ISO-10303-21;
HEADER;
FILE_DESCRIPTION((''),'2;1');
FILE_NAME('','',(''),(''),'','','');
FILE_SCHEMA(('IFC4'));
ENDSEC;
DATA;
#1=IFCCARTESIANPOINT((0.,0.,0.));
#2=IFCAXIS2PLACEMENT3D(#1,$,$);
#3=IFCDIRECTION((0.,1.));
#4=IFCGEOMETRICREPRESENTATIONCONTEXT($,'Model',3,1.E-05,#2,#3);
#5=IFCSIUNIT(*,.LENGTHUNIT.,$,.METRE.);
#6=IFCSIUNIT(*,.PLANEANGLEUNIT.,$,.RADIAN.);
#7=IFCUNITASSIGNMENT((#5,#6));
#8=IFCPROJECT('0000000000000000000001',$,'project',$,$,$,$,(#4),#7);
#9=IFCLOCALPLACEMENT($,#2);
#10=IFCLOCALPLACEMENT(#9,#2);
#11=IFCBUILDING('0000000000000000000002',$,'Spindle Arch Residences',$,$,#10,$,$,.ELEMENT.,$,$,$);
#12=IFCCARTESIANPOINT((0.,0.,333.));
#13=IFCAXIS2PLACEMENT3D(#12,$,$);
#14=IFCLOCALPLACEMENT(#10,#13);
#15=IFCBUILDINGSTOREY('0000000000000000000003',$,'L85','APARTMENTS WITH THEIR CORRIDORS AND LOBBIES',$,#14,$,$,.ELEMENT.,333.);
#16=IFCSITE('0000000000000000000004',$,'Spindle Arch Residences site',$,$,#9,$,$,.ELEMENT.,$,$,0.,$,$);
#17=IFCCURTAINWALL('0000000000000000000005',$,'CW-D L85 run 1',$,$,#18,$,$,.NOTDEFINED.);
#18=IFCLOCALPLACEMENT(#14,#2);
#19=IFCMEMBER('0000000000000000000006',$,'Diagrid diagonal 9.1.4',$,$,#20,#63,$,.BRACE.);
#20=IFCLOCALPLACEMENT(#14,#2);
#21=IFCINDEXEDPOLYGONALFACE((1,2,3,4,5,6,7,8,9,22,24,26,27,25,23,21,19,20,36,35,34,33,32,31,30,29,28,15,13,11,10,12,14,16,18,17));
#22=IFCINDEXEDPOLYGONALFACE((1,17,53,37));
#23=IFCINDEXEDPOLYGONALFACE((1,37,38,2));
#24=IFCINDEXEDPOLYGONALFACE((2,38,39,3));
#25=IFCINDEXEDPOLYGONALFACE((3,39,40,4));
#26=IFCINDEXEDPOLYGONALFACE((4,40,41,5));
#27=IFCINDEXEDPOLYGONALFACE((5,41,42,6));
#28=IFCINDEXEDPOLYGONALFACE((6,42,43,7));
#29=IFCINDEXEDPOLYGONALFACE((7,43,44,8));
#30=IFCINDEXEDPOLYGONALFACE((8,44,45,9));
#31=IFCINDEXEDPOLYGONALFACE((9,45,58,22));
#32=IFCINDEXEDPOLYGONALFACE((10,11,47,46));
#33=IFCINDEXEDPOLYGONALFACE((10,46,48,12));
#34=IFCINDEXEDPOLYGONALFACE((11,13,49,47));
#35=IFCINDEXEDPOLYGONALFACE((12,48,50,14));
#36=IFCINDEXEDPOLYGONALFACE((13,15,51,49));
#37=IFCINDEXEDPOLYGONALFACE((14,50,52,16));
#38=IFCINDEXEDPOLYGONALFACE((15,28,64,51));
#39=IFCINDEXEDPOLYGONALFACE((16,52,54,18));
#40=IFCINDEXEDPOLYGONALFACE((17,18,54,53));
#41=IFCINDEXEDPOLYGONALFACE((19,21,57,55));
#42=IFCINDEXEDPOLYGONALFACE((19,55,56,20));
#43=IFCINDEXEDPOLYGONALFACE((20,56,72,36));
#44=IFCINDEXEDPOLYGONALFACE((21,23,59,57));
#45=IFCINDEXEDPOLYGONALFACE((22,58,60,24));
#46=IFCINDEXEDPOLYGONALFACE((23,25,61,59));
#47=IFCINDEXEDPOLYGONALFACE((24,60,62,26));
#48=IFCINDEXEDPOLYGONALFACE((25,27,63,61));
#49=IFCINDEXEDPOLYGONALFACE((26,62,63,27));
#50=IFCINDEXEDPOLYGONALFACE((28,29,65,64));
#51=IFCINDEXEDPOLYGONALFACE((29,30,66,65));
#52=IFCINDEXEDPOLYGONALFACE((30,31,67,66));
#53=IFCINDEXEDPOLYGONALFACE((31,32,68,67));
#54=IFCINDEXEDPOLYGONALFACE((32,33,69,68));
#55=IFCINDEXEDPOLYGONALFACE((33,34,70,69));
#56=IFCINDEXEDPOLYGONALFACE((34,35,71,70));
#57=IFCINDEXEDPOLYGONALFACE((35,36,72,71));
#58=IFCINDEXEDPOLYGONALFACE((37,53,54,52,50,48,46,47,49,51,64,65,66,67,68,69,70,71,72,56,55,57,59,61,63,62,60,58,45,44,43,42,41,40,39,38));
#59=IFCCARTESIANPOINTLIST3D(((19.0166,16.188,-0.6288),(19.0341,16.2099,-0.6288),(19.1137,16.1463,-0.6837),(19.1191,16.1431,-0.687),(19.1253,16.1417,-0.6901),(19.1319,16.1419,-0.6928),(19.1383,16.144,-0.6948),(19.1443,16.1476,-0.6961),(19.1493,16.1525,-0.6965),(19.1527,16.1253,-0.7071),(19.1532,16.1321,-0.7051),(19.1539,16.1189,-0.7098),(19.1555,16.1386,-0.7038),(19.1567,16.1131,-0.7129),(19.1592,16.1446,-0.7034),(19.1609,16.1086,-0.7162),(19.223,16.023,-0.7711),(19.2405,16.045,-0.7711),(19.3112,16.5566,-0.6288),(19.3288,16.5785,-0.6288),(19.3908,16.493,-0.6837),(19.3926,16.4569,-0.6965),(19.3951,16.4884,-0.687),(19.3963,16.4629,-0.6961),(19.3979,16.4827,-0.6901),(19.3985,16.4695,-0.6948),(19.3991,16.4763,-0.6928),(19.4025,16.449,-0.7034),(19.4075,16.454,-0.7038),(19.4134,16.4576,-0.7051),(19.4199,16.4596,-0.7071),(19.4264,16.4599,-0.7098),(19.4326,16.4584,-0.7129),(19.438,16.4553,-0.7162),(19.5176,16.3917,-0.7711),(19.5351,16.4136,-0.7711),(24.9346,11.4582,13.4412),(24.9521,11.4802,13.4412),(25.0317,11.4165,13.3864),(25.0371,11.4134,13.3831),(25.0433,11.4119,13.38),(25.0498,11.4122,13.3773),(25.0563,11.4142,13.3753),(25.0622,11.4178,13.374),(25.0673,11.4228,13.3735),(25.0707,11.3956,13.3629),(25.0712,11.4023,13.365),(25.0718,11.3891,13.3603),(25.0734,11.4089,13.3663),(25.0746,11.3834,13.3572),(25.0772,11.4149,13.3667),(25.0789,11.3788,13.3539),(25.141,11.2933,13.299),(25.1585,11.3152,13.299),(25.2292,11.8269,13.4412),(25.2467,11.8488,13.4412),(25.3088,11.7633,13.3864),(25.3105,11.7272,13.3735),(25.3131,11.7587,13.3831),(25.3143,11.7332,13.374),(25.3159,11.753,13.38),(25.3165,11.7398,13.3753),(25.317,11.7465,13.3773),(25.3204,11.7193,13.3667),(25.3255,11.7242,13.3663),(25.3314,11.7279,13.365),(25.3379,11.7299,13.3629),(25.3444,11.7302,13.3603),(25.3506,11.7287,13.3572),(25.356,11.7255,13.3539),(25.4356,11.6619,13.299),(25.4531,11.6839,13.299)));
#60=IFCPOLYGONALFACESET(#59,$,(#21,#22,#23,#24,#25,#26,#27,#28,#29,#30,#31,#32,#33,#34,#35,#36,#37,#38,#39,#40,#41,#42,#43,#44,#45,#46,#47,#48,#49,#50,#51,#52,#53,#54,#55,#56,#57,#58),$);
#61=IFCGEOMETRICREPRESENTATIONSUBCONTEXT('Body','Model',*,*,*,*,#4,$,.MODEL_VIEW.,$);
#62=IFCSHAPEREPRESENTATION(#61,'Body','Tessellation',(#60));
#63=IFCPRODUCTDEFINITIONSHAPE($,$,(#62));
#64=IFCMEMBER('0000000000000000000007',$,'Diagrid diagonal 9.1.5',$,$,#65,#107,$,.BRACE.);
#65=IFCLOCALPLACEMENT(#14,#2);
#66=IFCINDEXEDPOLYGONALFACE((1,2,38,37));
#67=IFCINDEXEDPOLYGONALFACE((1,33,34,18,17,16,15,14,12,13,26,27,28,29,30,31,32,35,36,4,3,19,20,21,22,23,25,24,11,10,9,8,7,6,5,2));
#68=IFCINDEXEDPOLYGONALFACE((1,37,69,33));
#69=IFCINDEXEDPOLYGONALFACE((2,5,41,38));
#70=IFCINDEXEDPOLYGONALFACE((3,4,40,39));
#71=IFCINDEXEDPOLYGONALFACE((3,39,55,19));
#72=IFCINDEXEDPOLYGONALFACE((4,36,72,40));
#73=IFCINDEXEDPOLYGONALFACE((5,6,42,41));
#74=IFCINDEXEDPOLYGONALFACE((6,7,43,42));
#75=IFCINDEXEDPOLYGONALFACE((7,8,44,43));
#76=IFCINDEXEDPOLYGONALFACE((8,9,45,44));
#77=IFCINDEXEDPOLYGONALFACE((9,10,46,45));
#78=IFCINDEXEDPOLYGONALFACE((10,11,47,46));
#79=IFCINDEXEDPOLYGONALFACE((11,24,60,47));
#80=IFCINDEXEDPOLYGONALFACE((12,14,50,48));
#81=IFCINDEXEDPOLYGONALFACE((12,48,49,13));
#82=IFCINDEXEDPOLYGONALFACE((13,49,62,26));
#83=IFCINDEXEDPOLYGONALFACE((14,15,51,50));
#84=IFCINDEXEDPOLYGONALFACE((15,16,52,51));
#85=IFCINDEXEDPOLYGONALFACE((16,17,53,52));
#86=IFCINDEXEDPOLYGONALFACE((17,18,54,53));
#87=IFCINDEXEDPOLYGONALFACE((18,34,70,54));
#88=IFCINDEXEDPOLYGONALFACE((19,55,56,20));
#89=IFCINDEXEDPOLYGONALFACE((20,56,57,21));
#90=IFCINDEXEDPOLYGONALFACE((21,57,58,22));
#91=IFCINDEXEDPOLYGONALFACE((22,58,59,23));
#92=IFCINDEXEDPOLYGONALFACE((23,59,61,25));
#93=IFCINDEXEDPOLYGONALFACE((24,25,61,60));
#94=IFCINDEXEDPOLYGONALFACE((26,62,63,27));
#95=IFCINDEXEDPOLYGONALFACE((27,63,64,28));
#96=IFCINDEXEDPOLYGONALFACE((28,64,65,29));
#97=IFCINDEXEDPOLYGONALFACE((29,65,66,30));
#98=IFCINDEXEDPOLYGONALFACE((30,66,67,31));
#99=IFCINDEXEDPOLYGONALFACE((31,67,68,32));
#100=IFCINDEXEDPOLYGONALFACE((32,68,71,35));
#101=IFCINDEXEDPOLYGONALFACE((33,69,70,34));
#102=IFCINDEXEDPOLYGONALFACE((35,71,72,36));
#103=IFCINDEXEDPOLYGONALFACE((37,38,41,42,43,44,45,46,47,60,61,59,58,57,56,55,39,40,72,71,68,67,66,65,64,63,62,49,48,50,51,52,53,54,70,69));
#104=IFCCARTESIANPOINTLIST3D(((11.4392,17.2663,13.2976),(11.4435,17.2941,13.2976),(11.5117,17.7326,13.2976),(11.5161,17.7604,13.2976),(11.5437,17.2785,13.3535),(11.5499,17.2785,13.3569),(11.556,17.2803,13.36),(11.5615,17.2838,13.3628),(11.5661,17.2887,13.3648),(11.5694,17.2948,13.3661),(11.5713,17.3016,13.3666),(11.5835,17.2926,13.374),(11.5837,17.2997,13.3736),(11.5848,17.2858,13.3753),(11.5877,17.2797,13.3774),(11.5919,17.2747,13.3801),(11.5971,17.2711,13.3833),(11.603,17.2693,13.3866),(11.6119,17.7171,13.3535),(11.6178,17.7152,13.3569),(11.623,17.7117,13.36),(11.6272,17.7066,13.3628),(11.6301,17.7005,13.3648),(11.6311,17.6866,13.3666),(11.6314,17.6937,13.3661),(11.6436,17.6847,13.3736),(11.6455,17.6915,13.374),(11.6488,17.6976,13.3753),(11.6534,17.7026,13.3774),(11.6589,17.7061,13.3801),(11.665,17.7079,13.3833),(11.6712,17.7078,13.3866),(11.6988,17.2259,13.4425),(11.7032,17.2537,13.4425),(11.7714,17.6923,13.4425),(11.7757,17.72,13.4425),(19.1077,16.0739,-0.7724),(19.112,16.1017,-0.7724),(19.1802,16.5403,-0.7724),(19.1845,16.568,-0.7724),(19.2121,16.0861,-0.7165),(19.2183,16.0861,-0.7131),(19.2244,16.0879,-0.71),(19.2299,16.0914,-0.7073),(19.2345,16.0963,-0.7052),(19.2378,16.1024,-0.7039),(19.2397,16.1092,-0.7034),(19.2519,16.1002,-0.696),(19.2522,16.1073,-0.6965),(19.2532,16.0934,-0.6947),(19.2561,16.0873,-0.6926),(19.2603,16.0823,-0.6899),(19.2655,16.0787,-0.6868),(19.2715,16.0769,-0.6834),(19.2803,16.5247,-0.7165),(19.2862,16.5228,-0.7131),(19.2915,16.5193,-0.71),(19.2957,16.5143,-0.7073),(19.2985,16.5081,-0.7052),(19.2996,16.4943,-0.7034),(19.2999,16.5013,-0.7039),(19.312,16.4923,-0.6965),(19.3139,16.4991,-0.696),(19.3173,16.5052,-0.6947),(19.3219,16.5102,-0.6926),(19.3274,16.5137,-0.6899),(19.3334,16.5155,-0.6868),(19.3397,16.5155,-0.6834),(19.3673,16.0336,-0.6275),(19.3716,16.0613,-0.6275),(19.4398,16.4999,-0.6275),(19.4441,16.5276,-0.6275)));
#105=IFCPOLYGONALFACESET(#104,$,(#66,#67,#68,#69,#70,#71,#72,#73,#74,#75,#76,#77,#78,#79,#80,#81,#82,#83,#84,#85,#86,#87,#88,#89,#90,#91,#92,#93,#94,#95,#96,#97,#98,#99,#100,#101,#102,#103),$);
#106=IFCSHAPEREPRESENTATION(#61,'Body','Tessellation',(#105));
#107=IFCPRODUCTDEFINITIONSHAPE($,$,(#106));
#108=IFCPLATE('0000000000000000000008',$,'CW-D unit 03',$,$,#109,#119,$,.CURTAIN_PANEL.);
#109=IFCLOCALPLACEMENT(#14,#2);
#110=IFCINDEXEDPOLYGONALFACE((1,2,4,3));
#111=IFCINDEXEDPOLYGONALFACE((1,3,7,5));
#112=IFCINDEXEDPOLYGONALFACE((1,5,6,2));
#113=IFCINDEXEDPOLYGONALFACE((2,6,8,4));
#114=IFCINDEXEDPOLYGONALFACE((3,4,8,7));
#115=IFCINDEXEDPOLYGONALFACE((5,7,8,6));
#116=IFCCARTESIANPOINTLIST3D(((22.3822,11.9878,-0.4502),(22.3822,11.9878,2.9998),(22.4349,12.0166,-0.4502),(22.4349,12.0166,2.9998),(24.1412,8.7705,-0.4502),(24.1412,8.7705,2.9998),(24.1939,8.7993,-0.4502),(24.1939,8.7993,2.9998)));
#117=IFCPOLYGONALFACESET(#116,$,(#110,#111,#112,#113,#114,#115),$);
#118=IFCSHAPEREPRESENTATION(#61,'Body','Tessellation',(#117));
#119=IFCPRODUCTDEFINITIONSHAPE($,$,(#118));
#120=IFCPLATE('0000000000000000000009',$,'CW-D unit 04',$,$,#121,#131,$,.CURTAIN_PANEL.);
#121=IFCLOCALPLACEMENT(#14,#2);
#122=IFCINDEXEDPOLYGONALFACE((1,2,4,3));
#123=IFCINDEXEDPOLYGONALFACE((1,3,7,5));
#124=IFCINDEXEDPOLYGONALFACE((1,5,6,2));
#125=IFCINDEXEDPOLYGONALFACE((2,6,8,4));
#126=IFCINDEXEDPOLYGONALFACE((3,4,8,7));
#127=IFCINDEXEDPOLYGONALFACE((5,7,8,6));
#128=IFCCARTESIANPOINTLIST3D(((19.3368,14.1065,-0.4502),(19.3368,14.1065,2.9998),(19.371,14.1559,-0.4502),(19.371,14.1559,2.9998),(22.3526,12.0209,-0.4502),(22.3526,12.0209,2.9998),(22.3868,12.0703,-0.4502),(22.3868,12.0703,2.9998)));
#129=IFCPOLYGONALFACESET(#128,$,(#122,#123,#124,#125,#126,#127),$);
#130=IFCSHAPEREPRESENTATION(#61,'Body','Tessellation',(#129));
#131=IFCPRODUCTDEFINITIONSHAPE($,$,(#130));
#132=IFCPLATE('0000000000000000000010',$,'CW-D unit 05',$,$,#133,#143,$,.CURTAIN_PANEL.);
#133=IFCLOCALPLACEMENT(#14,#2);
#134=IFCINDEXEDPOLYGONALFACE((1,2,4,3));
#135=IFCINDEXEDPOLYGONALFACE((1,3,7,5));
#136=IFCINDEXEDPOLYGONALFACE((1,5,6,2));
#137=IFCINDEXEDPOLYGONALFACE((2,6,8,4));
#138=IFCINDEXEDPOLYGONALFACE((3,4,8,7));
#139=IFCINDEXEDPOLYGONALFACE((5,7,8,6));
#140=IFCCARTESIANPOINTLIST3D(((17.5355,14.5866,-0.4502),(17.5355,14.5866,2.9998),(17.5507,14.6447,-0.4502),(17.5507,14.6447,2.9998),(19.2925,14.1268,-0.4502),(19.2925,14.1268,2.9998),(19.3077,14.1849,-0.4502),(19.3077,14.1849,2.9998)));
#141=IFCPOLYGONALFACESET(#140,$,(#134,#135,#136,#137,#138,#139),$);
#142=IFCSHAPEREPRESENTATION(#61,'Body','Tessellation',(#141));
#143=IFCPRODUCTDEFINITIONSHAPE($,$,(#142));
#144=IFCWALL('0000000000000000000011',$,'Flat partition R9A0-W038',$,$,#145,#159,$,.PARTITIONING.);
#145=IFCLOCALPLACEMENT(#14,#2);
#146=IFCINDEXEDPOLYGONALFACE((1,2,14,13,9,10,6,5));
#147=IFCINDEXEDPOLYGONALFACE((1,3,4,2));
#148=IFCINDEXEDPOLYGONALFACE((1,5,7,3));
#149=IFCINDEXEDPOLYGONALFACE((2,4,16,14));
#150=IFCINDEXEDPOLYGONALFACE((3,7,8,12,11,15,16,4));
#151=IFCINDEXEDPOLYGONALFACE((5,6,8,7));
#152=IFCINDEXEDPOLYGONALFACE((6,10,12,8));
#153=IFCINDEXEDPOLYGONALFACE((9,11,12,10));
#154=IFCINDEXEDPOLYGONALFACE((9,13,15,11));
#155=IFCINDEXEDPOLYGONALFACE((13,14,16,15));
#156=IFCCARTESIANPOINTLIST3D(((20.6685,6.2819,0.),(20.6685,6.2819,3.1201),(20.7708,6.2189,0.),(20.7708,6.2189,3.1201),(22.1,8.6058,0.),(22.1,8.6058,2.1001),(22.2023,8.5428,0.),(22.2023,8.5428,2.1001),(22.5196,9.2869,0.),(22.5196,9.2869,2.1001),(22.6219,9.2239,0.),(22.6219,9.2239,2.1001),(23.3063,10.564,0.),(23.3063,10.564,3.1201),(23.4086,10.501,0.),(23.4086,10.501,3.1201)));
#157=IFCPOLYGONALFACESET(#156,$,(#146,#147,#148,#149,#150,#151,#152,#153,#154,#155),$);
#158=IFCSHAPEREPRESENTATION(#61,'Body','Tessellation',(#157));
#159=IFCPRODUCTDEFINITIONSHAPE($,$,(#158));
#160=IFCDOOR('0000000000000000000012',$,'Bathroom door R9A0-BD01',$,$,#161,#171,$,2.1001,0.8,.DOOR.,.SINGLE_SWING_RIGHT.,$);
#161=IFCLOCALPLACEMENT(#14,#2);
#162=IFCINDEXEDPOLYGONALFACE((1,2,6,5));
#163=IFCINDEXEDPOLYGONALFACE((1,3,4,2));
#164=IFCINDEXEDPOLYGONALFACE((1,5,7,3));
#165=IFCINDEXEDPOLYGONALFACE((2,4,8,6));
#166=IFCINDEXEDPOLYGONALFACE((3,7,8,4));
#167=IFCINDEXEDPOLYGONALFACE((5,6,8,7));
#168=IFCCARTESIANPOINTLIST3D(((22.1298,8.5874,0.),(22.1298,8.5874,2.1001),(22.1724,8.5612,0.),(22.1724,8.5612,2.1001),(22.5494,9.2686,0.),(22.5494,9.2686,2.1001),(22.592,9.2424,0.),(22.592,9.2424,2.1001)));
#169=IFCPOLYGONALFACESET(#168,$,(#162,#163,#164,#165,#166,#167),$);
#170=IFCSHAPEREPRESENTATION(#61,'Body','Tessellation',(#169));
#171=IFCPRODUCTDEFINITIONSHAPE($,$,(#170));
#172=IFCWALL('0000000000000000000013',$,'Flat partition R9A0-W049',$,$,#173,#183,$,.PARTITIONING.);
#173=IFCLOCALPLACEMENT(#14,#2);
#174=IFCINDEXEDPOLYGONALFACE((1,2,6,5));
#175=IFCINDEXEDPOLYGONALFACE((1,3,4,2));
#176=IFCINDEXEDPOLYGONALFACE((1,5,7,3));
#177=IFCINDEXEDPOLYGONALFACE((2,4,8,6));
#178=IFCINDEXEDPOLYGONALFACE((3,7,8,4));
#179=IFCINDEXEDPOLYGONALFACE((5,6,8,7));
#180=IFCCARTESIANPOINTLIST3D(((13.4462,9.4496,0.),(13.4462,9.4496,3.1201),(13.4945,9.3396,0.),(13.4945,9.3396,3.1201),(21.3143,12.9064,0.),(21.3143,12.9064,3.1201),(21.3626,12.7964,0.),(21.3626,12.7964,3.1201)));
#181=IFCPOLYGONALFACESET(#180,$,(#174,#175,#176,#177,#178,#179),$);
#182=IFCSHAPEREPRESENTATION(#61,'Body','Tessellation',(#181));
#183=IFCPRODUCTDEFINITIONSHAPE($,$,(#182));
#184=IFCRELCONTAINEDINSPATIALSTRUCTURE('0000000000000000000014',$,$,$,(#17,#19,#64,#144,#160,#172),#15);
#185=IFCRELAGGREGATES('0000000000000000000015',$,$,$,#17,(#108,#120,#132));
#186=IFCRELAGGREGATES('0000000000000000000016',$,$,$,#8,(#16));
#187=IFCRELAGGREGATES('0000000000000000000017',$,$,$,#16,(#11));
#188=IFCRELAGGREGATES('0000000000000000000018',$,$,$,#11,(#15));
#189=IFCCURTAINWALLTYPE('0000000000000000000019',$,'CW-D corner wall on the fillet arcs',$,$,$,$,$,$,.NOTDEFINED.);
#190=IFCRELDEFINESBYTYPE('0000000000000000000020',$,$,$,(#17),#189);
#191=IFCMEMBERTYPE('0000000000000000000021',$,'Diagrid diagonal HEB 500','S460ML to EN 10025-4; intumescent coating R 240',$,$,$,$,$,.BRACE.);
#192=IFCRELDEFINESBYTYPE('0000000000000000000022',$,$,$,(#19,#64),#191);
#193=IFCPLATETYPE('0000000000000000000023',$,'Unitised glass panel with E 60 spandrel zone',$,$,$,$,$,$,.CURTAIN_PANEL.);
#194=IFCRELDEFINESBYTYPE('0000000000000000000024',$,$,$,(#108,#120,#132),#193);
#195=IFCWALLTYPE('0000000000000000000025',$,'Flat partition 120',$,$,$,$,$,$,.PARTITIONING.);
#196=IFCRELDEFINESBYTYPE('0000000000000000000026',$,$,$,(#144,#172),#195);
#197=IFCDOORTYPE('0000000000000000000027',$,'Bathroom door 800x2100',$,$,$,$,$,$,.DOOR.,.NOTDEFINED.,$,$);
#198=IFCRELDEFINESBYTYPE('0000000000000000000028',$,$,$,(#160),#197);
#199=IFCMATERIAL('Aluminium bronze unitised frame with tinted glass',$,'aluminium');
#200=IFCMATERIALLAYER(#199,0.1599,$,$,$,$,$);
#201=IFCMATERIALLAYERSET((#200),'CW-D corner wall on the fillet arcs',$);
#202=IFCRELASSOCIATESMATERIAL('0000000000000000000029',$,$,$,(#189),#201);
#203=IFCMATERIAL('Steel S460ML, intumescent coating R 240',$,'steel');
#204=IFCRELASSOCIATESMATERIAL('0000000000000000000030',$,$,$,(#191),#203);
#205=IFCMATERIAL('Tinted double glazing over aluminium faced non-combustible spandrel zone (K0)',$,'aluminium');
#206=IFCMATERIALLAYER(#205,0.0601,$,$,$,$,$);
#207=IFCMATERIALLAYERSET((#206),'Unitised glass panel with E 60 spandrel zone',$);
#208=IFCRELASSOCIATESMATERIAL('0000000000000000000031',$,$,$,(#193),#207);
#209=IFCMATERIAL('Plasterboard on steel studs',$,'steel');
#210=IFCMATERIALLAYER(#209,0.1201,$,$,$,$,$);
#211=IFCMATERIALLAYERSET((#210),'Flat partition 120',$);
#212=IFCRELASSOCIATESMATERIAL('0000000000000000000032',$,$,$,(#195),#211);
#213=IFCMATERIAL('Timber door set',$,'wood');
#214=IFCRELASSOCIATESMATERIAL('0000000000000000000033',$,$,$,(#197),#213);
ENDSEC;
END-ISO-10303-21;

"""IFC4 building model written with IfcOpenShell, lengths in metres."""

from ifc_helpers import new_model, si_unit, direction, frame, frame_2d, origin, origin_2d, place, context, subcontext, project, spatial, rectangle, i_section, extrude, material, layer, layer_set, material_profile, profile_set, type_object, element, fill, aggregate, save


model = new_model("IFC4")

# Units and contexts
model_context = context("Model", 3, precision=1e-05, world=origin(), true_north=direction((0.0, 1.0)))
body_context = subcontext(model_context, "Body", "Model", "MODEL_VIEW")
ifc_project = project(units=[si_unit("LENGTHUNIT", "METRE"), si_unit("PLANEANGLEUNIT", "RADIAN")], contexts=[model_context])

# Site, building, storey
site_placement = place(None, origin())
site = spatial("IfcSite", under=ifc_project, at=site_placement, Name="Spindle Arch Residences site", CompositionType="ELEMENT", RefElevation=0.0)
building_placement = place(site_placement, origin())
building = spatial("IfcBuilding", under=site, at=building_placement, Name="Spindle Arch Residences", CompositionType="ELEMENT")
storey_placement = place(building_placement, frame((0.0, 0.0, 333.0)))
storey = spatial("IfcBuildingStorey", under=building, at=storey_placement, Name="L85", Description="APARTMENTS WITH THEIR CORRIDORS AND LOBBIES", CompositionType="ELEMENT", Elevation=333.0)

# Curtain wall
ifc_material_1 = material(Name="Aluminium bronze unitised frame with tinted glass", Category="aluminium")
ifc_layer_1 = layer(ifc_material_1, 0.1599)
ifc_layer_set_1 = layer_set([ifc_layer_1], Name="CW-D corner wall on the fillet arcs")
curtain_wall_type = type_object("IfcCurtainWallType", Name="CW-D corner wall on the fillet arcs", PredefinedType="NOTDEFINED", material=ifc_layer_set_1)
curtain_wall_placement = place(storey_placement, origin())
curtain_wall = element("IfcCurtainWall", 1, at=curtain_wall_placement, inside=storey, type_object=curtain_wall_type, Name="CW-D L85 run 1", PredefinedType="NOTDEFINED")

# Members
ifc_material_2 = material(Name="Steel S460ML, intumescent coating R 240", Category="steel")
ifc_material_profile_1 = material_profile(ifc_material_2, i_section(OverallWidth=0.3, OverallDepth=0.5, WebThickness=0.0144, FlangeThickness=0.0281, FilletRadius=0.0271, at=origin_2d()), Name="HEB 500")
ifc_profile_set_1 = profile_set([ifc_material_profile_1], Name="Steel S460ML, intumescent coating R 240")
member_type_1 = type_object("IfcMemberType", Name="Diagrid diagonal HEB 500", Description="S460ML to EN 10025-4; intumescent coating R 240", PredefinedType="BRACE", material=ifc_profile_set_1)
member_1_placement = place(storey_placement, frame((19.2759, 16.3008, -0.7), z_axis=(0.370337, -0.295979, 0.880481), x_axis=(-0.687803, 0.549704, 0.474081)))
element("IfcMember", 2, at=member_1_placement, inside=storey, type_object=member_type_1, Name="Diagrid diagonal 9.1.4", PredefinedType="BRACE", context=body_context, shape_type="SweptSolid", body=[
    extrude(i_section(OverallWidth=0.3, OverallDepth=0.5, WebThickness=0.0144, FlangeThickness=0.0281, FilletRadius=0.0271, at=origin_2d()), origin(), (0.0, 0.0, 1.0), 15.98),
])
member_2_placement = place(storey_placement, frame((19.2759, 16.3008, -0.7), z_axis=(-0.477238, 0.074207, 0.875635), x_axis=(0.865238, -0.134537, 0.482973)))
element("IfcMember", 3, at=member_2_placement, inside=storey, type_object=member_type_1, Name="Diagrid diagonal 9.1.5", PredefinedType="BRACE", context=body_context, shape_type="SweptSolid", body=[
    extrude(i_section(OverallWidth=0.3, OverallDepth=0.5, WebThickness=0.0144, FlangeThickness=0.0281, FilletRadius=0.0271, at=origin_2d()), origin(), (0.0, 0.0, 1.0), 16.0684),
])

# Plates
ifc_material_3 = material(Name="Tinted double glazing over aluminium faced non-combustible spandrel zone (K0)", Category="aluminium")
ifc_layer_2 = layer(ifc_material_3, 0.0601)
ifc_layer_set_2 = layer_set([ifc_layer_2], Name="Unitised glass panel with E 60 spandrel zone")
plate_type = type_object("IfcPlateType", Name="Unitised glass panel with E 60 spandrel zone", PredefinedType="CURTAIN_PANEL", material=ifc_layer_set_2)
plate_1_placement = place(storey_placement, frame((23.2881, 10.3936, -0.4502), z_axis=(0.0, 0.0, 1.0), x_axis=(-0.479713, 0.877425, 0.0)))
plate_1 = element("IfcPlate", 4, at=plate_1_placement, type_object=plate_type, Name="CW-D unit 03", PredefinedType="CURTAIN_PANEL", context=body_context, shape_type="SweptSolid", body=[
    extrude(rectangle(XDim=3.6667, YDim=0.0601, at=origin_2d()), origin(), (0.0, 0.0, 1.0), 3.45),
])
plate_2_placement = place(storey_placement, frame((20.8618, 13.0884, -0.4502), z_axis=(0.0, 0.0, 1.0), x_axis=(-0.822475, 0.568801, 0.0)))
plate_2 = element("IfcPlate", 5, at=plate_2_placement, type_object=plate_type, Name="CW-D unit 04", PredefinedType="CURTAIN_PANEL", context=body_context, shape_type="SweptSolid", body=[
    extrude(rectangle(XDim=3.6667, YDim=0.0601, at=origin_2d()), origin(), (0.0, 0.0, 1.0), 3.45),
])
plate_3_placement = place(storey_placement, frame((18.4216, 14.3857, -0.4502), z_axis=(0.0, 0.0, 1.0), x_axis=(-0.967415, 0.253195, 0.0)))
plate_3 = element("IfcPlate", 6, at=plate_3_placement, type_object=plate_type, Name="CW-D unit 05", PredefinedType="CURTAIN_PANEL", context=body_context, shape_type="SweptSolid", body=[
    extrude(rectangle(XDim=1.8162, YDim=0.0601, at=origin_2d()), origin(), (0.0, 0.0, 1.0), 3.45),
])
aggregate(curtain_wall, [plate_1, plate_2, plate_3])

# Wall, opening, door
ifc_material_4 = material(Name="Plasterboard on steel studs", Category="steel")
ifc_layer_3 = layer(ifc_material_4, 0.1201)
ifc_layer_set_3 = layer_set([ifc_layer_3], Name="Flat partition 120")
wall_type_1 = type_object("IfcWallType", Name="Flat partition 120", PredefinedType="PARTITIONING", material=ifc_layer_set_3)
wall_1_placement = place(storey_placement, frame((23.3574, 10.5325, 0.0), z_axis=(0.0, 0.0, 1.0), x_axis=(-0.524477, -0.851425, 0.0)))
wall_1 = element("IfcWall", 7, at=wall_1_placement, inside=storey, type_object=wall_type_1, Name="Flat partition R9A0-W038", PredefinedType="PARTITIONING", context=body_context, shape_type="SweptSolid", body=[
    extrude(rectangle(XDim=5.0293, YDim=0.1201, at=frame_2d((2.5146, 0.0))), origin(), (0.0, 0.0, 1.0), 3.1201),
])
opening_1_placement = place(wall_1_placement, frame((1.5, 0.0, 0.0)))
opening_1 = element("IfcOpeningElement", 8, at=opening_1_placement, cuts=wall_1, PredefinedType="OPENING", context=body_context, shape_type="SweptSolid", body=[
    extrude(rectangle(XDim=0.8, YDim=2.1001, at=frame_2d((0.3999, 1.05))), frame((0.0, 0.0701, 0.0), z_axis=(0.0, -1.0, 0.0), x_axis=(1.0, 0.0, 0.0)), (0.0, 0.0, 1.0), 0.1401),
])
ifc_material_5 = material(Name="Timber door set", Category="wood")
door_type_1 = type_object("IfcDoorType", Name="Bathroom door 800x2100", OperationType="NOTDEFINED", PredefinedType="DOOR", material=ifc_material_5)
door_1_placement = place(opening_1_placement, origin())
door_1 = element("IfcDoor", 9, at=door_1_placement, inside=storey, type_object=door_type_1, Name="Bathroom door R9A0-BD01", OperationType="SINGLE_SWING_RIGHT", OverallHeight=2.1001, OverallWidth=0.8, PredefinedType="DOOR", context=body_context, shape_type="SweptSolid", body=[
    extrude(rectangle(XDim=0.8, YDim=2.1001, at=frame_2d((0.3999, 1.05))), frame((0.0, 0.0249, 0.0), z_axis=(0.0, -1.0, 0.0), x_axis=(1.0, 0.0, 0.0)), (0.0, 0.0, 1.0), 0.05),
])
fill(opening_1, door_1)

# Wall
wall_2_placement = place(storey_placement, frame((21.3384, 12.8513, 0.0), z_axis=(0.0, 0.0, 1.0), x_axis=(-0.915538, -0.402231, 0.0)))
element("IfcWall", 10, at=wall_2_placement, inside=storey, type_object=wall_type_1, Name="Flat partition R9A0-W049", PredefinedType="PARTITIONING", context=body_context, shape_type="SweptSolid", body=[
    extrude(rectangle(XDim=8.594, YDim=0.1201, at=frame_2d((4.2969, 0.0))), origin(), (0.0, 0.0, 1.0), 3.1201),
])

save(model, "model.ifc")
